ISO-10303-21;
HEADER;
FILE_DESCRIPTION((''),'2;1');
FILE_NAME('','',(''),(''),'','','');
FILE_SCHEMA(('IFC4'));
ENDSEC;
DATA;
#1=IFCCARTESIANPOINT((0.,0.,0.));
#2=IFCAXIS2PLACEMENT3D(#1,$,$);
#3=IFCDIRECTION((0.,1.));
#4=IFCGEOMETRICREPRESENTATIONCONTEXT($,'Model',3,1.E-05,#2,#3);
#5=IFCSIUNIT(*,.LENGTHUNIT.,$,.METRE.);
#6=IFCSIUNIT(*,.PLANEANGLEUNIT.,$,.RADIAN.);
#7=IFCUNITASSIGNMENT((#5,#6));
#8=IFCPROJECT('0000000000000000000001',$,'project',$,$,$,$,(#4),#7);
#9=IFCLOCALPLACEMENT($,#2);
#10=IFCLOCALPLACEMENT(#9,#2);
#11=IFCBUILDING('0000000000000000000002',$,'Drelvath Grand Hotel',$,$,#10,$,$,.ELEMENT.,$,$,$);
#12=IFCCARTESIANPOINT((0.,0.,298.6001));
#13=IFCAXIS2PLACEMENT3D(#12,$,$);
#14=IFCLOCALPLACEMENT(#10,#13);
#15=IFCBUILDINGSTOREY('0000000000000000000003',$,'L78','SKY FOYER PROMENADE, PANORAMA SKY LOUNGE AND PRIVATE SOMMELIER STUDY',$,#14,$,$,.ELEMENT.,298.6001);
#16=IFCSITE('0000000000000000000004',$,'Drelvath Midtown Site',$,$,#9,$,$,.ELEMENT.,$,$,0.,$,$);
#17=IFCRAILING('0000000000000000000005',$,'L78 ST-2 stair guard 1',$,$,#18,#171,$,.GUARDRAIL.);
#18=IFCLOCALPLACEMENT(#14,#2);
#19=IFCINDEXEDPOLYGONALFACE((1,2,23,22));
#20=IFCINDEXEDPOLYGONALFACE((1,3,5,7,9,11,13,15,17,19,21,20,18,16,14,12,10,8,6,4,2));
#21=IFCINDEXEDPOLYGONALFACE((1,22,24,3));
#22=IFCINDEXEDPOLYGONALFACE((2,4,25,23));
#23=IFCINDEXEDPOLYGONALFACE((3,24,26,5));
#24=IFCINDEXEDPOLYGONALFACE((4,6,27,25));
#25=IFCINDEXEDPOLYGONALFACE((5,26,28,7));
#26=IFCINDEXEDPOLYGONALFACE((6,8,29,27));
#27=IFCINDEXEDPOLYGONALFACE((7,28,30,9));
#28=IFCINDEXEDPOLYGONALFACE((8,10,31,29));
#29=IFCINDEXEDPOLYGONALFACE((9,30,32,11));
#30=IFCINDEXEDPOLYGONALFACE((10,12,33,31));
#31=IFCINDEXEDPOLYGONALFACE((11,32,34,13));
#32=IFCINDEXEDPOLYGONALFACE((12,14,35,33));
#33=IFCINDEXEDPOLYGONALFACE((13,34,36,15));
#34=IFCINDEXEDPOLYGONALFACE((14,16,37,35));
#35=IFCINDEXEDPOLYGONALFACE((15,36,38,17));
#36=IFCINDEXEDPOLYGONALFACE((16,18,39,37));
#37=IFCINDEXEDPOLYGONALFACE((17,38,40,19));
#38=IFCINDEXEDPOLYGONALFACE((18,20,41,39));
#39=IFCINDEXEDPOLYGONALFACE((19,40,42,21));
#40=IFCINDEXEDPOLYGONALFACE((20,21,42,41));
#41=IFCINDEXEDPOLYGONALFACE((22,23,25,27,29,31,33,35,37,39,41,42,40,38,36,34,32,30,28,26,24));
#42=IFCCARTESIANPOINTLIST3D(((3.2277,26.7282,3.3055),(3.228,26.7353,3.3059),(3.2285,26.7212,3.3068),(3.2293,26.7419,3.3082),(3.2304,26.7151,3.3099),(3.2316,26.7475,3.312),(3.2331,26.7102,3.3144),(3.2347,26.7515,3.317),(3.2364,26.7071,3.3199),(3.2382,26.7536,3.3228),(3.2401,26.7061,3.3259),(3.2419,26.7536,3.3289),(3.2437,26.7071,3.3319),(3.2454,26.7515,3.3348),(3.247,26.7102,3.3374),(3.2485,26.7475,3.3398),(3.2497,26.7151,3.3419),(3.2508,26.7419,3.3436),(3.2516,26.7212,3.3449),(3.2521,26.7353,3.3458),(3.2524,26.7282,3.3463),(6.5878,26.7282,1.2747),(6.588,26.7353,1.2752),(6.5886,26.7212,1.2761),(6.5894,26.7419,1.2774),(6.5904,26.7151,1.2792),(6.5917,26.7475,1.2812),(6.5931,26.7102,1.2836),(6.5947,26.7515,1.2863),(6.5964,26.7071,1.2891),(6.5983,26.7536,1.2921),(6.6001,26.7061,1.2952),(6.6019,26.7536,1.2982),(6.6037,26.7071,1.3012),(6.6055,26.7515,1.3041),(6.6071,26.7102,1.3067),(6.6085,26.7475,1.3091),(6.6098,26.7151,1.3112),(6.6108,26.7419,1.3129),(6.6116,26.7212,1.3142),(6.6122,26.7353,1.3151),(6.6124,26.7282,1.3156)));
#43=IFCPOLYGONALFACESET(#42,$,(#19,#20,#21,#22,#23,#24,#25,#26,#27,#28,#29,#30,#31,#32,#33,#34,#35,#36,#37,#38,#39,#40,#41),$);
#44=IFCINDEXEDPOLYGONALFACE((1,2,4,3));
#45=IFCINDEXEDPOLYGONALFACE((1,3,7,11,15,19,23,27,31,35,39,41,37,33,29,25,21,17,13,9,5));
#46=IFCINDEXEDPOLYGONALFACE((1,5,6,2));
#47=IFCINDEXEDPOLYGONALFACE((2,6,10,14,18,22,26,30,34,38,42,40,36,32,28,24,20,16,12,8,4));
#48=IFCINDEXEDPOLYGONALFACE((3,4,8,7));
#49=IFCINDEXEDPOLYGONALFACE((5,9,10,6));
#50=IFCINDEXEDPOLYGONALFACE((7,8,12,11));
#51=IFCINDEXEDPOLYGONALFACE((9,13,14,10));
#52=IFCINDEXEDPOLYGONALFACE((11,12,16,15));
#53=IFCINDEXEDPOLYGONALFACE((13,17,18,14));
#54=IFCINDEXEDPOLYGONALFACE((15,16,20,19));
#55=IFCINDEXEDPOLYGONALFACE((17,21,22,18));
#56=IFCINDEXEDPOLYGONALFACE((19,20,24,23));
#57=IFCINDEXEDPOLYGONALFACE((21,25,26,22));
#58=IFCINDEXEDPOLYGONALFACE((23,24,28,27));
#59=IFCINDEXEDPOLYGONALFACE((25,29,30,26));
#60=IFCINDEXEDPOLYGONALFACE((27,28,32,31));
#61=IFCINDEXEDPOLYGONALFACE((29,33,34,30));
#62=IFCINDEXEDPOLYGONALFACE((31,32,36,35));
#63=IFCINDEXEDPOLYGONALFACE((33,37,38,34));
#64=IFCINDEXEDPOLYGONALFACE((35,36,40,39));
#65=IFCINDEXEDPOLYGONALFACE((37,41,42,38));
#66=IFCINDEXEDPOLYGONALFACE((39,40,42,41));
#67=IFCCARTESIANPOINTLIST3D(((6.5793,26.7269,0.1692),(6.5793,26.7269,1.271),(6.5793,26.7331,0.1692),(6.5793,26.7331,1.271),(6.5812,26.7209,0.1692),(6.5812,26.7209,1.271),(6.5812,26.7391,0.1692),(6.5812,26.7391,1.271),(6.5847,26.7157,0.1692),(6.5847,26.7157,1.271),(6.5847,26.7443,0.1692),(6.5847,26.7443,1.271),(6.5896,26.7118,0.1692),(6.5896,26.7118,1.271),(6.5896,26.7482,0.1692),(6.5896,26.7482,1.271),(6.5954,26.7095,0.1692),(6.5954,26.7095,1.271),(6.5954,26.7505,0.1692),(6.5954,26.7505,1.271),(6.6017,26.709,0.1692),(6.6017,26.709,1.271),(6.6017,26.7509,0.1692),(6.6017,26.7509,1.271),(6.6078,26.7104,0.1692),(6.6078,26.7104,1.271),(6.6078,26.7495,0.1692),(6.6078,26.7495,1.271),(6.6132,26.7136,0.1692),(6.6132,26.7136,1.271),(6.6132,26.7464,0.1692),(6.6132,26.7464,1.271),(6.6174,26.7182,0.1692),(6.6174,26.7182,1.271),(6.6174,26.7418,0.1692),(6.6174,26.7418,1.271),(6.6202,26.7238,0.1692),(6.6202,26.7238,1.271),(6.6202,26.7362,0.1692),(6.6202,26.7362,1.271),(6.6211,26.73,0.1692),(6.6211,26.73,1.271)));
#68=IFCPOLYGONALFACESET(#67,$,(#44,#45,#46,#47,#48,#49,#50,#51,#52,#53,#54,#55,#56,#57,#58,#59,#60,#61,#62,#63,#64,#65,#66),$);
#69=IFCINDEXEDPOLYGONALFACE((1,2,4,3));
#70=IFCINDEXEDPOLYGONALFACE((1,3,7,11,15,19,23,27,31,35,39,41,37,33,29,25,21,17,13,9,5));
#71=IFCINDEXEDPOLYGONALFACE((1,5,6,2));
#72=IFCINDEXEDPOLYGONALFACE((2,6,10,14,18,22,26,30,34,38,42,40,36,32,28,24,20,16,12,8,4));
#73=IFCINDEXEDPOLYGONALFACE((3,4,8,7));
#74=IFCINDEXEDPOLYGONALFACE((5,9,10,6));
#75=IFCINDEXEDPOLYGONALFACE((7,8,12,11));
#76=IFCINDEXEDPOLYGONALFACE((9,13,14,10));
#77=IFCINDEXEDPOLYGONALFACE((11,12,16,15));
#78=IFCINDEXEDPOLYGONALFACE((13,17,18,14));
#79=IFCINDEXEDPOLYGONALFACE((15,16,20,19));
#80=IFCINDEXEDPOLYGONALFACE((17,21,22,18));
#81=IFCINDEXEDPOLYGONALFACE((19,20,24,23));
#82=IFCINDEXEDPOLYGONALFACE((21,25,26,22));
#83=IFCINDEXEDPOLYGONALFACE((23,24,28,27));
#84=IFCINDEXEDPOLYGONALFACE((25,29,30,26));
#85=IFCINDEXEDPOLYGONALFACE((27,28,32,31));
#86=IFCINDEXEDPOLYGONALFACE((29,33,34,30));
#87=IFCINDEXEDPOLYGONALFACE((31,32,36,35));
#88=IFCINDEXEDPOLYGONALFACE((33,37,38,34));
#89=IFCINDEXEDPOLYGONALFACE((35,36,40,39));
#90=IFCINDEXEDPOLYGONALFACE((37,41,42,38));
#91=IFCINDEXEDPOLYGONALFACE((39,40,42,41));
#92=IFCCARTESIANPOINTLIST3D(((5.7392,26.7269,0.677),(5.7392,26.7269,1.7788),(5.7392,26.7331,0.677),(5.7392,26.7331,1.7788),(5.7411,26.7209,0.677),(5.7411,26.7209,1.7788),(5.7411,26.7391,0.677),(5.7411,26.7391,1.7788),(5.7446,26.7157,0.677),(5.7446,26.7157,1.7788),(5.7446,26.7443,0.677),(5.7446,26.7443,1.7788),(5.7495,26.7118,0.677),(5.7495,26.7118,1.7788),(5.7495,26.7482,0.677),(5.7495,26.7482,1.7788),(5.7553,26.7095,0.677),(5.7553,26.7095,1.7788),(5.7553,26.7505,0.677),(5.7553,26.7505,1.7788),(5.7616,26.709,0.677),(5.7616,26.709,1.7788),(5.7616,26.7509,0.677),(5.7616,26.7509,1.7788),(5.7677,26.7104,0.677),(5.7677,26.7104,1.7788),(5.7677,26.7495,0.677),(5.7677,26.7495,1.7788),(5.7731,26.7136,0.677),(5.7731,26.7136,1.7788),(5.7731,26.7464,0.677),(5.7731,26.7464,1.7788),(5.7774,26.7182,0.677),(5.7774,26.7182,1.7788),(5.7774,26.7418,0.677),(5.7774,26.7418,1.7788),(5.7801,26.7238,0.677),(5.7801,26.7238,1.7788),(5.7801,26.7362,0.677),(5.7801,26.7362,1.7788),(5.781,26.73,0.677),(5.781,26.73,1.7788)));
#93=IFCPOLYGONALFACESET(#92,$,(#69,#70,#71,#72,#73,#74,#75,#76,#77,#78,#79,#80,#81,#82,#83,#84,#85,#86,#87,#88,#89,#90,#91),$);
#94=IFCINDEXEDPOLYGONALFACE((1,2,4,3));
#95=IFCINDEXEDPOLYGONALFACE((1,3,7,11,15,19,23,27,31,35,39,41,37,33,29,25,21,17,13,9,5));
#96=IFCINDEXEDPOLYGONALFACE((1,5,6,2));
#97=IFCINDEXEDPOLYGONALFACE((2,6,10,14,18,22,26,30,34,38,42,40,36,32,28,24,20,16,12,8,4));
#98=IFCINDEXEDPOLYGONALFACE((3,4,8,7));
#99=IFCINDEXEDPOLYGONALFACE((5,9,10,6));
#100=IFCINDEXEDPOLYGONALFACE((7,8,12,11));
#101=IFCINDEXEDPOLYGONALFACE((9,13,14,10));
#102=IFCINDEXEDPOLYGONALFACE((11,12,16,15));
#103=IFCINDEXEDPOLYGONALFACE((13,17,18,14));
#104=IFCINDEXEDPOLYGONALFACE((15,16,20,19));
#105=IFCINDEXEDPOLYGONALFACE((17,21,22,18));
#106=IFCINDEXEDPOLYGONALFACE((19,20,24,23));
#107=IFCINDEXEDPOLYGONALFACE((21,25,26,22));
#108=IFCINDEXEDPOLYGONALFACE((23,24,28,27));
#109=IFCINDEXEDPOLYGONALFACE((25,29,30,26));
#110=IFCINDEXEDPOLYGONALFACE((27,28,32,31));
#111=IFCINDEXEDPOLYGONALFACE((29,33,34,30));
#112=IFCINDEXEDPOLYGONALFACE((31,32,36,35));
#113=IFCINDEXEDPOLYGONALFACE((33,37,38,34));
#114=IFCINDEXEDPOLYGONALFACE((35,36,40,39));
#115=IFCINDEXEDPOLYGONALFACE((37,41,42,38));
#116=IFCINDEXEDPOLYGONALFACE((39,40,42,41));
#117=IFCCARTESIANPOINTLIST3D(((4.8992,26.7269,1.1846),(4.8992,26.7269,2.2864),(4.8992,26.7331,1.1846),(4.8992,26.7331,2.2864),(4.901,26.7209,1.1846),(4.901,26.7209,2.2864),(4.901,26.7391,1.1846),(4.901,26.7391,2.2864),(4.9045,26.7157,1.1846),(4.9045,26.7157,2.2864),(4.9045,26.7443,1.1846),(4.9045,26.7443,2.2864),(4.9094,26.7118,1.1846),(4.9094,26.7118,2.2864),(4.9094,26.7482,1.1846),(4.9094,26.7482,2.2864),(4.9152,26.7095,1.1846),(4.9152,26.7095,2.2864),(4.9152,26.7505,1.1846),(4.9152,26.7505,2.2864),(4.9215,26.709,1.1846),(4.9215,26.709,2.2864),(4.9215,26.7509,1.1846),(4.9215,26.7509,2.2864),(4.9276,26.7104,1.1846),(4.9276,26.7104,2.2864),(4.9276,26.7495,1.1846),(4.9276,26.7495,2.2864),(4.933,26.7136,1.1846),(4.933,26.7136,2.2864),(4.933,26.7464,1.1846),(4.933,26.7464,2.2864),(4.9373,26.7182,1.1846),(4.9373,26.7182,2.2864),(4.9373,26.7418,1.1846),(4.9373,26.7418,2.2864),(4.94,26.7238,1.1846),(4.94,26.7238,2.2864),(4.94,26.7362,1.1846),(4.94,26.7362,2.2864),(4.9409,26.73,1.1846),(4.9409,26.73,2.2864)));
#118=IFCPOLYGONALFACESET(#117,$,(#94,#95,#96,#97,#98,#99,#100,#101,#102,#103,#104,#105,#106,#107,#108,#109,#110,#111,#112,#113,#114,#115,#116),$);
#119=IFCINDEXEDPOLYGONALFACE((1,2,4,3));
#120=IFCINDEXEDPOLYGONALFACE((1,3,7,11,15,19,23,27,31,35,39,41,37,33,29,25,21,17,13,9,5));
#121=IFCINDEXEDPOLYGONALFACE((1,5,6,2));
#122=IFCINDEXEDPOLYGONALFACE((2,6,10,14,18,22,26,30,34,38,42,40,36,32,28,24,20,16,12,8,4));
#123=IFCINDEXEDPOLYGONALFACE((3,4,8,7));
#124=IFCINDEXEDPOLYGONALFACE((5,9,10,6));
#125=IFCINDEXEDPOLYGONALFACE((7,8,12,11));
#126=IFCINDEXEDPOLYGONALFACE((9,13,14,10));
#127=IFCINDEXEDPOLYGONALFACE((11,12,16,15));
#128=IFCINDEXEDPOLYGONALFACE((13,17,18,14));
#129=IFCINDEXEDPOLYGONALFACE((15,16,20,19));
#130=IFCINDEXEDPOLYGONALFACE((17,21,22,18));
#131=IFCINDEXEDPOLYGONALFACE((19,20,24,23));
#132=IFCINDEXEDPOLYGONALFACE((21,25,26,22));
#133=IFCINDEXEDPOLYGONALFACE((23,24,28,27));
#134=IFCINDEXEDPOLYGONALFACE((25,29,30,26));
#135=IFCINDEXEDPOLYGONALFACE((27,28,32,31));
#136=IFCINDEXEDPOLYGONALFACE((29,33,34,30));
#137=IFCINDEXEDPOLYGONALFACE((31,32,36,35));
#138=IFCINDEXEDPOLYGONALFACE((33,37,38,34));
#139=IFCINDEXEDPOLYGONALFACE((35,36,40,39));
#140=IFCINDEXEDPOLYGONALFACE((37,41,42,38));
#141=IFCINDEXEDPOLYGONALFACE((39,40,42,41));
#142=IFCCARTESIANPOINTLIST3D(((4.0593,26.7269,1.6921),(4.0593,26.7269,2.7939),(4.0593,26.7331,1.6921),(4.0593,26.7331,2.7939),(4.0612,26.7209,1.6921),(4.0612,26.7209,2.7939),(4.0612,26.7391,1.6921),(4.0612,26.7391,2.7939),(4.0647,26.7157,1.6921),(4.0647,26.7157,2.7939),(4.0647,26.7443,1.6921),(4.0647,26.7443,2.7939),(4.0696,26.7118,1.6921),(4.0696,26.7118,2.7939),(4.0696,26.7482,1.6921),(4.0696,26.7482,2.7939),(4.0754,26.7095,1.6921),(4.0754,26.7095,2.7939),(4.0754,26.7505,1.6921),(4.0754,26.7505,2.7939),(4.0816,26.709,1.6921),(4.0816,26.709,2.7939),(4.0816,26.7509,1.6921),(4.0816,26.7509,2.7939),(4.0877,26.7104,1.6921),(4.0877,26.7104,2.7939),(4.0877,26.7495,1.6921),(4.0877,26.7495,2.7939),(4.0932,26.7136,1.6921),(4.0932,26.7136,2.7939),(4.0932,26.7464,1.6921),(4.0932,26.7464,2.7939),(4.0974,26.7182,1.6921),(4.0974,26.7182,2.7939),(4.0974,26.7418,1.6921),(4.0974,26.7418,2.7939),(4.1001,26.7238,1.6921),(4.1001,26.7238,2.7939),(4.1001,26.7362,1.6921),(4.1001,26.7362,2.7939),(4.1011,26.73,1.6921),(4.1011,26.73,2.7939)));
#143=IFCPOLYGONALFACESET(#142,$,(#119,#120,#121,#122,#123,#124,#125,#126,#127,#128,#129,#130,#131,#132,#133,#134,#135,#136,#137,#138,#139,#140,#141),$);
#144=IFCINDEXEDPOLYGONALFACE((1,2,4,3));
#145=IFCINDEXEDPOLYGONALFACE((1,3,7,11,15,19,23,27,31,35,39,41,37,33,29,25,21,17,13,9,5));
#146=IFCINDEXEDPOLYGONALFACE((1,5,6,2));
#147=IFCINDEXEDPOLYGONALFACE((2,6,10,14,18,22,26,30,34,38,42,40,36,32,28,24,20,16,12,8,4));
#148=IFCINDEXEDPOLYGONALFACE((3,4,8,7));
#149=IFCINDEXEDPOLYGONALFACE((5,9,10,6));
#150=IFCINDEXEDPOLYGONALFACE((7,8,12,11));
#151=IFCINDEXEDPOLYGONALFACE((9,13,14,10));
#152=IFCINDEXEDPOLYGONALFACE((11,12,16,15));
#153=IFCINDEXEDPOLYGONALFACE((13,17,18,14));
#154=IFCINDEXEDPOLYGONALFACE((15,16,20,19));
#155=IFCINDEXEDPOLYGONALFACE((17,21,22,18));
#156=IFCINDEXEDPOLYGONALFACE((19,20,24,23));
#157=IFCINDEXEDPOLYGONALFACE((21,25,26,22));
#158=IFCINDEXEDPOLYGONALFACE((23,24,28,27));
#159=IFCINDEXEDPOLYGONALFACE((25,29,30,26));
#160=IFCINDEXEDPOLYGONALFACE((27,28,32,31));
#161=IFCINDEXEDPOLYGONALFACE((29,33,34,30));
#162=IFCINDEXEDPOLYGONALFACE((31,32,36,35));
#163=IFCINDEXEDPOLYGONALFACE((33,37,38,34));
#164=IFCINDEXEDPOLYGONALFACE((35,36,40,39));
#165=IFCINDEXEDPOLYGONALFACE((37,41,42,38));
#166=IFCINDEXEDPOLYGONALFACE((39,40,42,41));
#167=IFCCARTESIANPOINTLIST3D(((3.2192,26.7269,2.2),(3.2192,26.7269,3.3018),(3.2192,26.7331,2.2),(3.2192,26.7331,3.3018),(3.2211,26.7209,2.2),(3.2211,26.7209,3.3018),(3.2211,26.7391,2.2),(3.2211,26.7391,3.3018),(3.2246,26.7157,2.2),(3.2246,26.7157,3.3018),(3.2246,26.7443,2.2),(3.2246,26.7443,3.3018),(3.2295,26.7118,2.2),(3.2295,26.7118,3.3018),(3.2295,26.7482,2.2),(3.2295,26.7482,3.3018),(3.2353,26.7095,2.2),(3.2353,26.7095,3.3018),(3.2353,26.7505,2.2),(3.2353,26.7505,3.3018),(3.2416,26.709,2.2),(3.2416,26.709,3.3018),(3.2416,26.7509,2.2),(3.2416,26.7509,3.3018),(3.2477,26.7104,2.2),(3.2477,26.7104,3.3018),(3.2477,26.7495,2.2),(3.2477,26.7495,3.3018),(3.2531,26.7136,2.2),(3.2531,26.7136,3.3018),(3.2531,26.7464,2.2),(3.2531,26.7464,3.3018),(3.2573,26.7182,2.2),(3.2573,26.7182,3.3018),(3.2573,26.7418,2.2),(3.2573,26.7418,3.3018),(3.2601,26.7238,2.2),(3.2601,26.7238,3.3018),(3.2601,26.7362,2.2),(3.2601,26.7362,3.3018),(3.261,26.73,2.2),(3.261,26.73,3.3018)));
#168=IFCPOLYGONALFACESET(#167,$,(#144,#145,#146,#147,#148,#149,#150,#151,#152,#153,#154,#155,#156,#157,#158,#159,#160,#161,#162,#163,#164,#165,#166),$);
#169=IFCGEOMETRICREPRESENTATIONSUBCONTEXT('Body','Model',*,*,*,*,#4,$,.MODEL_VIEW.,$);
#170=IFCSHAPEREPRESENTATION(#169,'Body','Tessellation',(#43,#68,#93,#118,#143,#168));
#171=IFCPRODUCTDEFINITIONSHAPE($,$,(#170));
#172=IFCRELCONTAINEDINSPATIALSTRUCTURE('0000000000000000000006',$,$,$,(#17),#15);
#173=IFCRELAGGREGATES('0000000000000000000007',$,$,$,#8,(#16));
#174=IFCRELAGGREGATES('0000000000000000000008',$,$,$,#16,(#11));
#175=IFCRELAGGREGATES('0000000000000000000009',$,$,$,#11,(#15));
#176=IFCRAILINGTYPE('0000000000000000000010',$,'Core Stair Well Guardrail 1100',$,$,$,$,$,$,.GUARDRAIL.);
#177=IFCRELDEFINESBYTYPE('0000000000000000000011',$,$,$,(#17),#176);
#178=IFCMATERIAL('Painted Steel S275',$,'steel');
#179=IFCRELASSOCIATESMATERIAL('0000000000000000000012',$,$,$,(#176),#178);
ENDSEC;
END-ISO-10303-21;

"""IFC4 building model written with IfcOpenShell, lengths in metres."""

from ifc_helpers import new_model, si_unit, direction, frame, origin, origin_2d, place, context, subcontext, project, spatial, circle, extrude, material, type_object, element, save


model = new_model("IFC4")

# Units and contexts
model_context = context("Model", 3, precision=1e-05, world=origin(), true_north=direction((0.0, 1.0)))
body_context = subcontext(model_context, "Body", "Model", "MODEL_VIEW")
ifc_project = project(units=[si_unit("LENGTHUNIT", "METRE"), si_unit("PLANEANGLEUNIT", "RADIAN")], contexts=[model_context])

# Site, building, storey
site_placement = place(None, origin())
site = spatial("IfcSite", under=ifc_project, at=site_placement, Name="Drelvath Midtown Site", CompositionType="ELEMENT", RefElevation=0.0)
building_placement = place(site_placement, origin())
building = spatial("IfcBuilding", under=site, at=building_placement, Name="Drelvath Grand Hotel", CompositionType="ELEMENT")
storey_placement = place(building_placement, frame((0.0, 0.0, 298.6001)))
storey = spatial("IfcBuildingStorey", under=building, at=storey_placement, Name="L78", Description="SKY FOYER PROMENADE, PANORAMA SKY LOUNGE AND PRIVATE SOMMELIER STUDY", CompositionType="ELEMENT", Elevation=298.6001)

# Railing
ifc_material_1 = material(Name="Painted Steel S275", Category="steel")
railing_type_1 = type_object("IfcRailingType", Name="Core Stair Well Guardrail 1100", PredefinedType="GUARDRAIL", material=ifc_material_1)
railing_1_placement = place(storey_placement, frame((6.6001, 26.73, 0.1692)))
element("IfcRailing", 1, at=railing_1_placement, inside=storey, type_object=railing_type_1, Name="L78 ST-2 stair guard 1", PredefinedType="GUARDRAIL", context=body_context, shape_type="SweptSolid", body=[
    extrude(circle(Radius=0.0239, at=origin_2d()), frame((0.0, 0.0, 1.126), z_axis=(-0.855837, 0.0, 0.517246), x_axis=(0.0, -1.0, 0.0)), (0.0, 0.0, 1.0), 3.926),
    extrude(circle(Radius=0.021, at=origin_2d()), origin(), (0.0, 0.0, 1.0), 1.1018),
    extrude(circle(Radius=0.021, at=origin_2d()), frame((-0.8401, 0.0, 0.5078)), (0.0, 0.0, 1.0), 1.1018),
    extrude(circle(Radius=0.021, at=origin_2d()), frame((-1.6802, 0.0, 1.0154)), (0.0, 0.0, 1.0), 1.1018),
    extrude(circle(Radius=0.021, at=origin_2d()), frame((-2.52, 0.0, 1.5229)), (0.0, 0.0, 1.0), 1.1018),
    extrude(circle(Radius=0.021, at=origin_2d()), frame((-3.3601, 0.0, 2.0308)), (0.0, 0.0, 1.0), 1.1018),
])

save(model, "model.ifc")
